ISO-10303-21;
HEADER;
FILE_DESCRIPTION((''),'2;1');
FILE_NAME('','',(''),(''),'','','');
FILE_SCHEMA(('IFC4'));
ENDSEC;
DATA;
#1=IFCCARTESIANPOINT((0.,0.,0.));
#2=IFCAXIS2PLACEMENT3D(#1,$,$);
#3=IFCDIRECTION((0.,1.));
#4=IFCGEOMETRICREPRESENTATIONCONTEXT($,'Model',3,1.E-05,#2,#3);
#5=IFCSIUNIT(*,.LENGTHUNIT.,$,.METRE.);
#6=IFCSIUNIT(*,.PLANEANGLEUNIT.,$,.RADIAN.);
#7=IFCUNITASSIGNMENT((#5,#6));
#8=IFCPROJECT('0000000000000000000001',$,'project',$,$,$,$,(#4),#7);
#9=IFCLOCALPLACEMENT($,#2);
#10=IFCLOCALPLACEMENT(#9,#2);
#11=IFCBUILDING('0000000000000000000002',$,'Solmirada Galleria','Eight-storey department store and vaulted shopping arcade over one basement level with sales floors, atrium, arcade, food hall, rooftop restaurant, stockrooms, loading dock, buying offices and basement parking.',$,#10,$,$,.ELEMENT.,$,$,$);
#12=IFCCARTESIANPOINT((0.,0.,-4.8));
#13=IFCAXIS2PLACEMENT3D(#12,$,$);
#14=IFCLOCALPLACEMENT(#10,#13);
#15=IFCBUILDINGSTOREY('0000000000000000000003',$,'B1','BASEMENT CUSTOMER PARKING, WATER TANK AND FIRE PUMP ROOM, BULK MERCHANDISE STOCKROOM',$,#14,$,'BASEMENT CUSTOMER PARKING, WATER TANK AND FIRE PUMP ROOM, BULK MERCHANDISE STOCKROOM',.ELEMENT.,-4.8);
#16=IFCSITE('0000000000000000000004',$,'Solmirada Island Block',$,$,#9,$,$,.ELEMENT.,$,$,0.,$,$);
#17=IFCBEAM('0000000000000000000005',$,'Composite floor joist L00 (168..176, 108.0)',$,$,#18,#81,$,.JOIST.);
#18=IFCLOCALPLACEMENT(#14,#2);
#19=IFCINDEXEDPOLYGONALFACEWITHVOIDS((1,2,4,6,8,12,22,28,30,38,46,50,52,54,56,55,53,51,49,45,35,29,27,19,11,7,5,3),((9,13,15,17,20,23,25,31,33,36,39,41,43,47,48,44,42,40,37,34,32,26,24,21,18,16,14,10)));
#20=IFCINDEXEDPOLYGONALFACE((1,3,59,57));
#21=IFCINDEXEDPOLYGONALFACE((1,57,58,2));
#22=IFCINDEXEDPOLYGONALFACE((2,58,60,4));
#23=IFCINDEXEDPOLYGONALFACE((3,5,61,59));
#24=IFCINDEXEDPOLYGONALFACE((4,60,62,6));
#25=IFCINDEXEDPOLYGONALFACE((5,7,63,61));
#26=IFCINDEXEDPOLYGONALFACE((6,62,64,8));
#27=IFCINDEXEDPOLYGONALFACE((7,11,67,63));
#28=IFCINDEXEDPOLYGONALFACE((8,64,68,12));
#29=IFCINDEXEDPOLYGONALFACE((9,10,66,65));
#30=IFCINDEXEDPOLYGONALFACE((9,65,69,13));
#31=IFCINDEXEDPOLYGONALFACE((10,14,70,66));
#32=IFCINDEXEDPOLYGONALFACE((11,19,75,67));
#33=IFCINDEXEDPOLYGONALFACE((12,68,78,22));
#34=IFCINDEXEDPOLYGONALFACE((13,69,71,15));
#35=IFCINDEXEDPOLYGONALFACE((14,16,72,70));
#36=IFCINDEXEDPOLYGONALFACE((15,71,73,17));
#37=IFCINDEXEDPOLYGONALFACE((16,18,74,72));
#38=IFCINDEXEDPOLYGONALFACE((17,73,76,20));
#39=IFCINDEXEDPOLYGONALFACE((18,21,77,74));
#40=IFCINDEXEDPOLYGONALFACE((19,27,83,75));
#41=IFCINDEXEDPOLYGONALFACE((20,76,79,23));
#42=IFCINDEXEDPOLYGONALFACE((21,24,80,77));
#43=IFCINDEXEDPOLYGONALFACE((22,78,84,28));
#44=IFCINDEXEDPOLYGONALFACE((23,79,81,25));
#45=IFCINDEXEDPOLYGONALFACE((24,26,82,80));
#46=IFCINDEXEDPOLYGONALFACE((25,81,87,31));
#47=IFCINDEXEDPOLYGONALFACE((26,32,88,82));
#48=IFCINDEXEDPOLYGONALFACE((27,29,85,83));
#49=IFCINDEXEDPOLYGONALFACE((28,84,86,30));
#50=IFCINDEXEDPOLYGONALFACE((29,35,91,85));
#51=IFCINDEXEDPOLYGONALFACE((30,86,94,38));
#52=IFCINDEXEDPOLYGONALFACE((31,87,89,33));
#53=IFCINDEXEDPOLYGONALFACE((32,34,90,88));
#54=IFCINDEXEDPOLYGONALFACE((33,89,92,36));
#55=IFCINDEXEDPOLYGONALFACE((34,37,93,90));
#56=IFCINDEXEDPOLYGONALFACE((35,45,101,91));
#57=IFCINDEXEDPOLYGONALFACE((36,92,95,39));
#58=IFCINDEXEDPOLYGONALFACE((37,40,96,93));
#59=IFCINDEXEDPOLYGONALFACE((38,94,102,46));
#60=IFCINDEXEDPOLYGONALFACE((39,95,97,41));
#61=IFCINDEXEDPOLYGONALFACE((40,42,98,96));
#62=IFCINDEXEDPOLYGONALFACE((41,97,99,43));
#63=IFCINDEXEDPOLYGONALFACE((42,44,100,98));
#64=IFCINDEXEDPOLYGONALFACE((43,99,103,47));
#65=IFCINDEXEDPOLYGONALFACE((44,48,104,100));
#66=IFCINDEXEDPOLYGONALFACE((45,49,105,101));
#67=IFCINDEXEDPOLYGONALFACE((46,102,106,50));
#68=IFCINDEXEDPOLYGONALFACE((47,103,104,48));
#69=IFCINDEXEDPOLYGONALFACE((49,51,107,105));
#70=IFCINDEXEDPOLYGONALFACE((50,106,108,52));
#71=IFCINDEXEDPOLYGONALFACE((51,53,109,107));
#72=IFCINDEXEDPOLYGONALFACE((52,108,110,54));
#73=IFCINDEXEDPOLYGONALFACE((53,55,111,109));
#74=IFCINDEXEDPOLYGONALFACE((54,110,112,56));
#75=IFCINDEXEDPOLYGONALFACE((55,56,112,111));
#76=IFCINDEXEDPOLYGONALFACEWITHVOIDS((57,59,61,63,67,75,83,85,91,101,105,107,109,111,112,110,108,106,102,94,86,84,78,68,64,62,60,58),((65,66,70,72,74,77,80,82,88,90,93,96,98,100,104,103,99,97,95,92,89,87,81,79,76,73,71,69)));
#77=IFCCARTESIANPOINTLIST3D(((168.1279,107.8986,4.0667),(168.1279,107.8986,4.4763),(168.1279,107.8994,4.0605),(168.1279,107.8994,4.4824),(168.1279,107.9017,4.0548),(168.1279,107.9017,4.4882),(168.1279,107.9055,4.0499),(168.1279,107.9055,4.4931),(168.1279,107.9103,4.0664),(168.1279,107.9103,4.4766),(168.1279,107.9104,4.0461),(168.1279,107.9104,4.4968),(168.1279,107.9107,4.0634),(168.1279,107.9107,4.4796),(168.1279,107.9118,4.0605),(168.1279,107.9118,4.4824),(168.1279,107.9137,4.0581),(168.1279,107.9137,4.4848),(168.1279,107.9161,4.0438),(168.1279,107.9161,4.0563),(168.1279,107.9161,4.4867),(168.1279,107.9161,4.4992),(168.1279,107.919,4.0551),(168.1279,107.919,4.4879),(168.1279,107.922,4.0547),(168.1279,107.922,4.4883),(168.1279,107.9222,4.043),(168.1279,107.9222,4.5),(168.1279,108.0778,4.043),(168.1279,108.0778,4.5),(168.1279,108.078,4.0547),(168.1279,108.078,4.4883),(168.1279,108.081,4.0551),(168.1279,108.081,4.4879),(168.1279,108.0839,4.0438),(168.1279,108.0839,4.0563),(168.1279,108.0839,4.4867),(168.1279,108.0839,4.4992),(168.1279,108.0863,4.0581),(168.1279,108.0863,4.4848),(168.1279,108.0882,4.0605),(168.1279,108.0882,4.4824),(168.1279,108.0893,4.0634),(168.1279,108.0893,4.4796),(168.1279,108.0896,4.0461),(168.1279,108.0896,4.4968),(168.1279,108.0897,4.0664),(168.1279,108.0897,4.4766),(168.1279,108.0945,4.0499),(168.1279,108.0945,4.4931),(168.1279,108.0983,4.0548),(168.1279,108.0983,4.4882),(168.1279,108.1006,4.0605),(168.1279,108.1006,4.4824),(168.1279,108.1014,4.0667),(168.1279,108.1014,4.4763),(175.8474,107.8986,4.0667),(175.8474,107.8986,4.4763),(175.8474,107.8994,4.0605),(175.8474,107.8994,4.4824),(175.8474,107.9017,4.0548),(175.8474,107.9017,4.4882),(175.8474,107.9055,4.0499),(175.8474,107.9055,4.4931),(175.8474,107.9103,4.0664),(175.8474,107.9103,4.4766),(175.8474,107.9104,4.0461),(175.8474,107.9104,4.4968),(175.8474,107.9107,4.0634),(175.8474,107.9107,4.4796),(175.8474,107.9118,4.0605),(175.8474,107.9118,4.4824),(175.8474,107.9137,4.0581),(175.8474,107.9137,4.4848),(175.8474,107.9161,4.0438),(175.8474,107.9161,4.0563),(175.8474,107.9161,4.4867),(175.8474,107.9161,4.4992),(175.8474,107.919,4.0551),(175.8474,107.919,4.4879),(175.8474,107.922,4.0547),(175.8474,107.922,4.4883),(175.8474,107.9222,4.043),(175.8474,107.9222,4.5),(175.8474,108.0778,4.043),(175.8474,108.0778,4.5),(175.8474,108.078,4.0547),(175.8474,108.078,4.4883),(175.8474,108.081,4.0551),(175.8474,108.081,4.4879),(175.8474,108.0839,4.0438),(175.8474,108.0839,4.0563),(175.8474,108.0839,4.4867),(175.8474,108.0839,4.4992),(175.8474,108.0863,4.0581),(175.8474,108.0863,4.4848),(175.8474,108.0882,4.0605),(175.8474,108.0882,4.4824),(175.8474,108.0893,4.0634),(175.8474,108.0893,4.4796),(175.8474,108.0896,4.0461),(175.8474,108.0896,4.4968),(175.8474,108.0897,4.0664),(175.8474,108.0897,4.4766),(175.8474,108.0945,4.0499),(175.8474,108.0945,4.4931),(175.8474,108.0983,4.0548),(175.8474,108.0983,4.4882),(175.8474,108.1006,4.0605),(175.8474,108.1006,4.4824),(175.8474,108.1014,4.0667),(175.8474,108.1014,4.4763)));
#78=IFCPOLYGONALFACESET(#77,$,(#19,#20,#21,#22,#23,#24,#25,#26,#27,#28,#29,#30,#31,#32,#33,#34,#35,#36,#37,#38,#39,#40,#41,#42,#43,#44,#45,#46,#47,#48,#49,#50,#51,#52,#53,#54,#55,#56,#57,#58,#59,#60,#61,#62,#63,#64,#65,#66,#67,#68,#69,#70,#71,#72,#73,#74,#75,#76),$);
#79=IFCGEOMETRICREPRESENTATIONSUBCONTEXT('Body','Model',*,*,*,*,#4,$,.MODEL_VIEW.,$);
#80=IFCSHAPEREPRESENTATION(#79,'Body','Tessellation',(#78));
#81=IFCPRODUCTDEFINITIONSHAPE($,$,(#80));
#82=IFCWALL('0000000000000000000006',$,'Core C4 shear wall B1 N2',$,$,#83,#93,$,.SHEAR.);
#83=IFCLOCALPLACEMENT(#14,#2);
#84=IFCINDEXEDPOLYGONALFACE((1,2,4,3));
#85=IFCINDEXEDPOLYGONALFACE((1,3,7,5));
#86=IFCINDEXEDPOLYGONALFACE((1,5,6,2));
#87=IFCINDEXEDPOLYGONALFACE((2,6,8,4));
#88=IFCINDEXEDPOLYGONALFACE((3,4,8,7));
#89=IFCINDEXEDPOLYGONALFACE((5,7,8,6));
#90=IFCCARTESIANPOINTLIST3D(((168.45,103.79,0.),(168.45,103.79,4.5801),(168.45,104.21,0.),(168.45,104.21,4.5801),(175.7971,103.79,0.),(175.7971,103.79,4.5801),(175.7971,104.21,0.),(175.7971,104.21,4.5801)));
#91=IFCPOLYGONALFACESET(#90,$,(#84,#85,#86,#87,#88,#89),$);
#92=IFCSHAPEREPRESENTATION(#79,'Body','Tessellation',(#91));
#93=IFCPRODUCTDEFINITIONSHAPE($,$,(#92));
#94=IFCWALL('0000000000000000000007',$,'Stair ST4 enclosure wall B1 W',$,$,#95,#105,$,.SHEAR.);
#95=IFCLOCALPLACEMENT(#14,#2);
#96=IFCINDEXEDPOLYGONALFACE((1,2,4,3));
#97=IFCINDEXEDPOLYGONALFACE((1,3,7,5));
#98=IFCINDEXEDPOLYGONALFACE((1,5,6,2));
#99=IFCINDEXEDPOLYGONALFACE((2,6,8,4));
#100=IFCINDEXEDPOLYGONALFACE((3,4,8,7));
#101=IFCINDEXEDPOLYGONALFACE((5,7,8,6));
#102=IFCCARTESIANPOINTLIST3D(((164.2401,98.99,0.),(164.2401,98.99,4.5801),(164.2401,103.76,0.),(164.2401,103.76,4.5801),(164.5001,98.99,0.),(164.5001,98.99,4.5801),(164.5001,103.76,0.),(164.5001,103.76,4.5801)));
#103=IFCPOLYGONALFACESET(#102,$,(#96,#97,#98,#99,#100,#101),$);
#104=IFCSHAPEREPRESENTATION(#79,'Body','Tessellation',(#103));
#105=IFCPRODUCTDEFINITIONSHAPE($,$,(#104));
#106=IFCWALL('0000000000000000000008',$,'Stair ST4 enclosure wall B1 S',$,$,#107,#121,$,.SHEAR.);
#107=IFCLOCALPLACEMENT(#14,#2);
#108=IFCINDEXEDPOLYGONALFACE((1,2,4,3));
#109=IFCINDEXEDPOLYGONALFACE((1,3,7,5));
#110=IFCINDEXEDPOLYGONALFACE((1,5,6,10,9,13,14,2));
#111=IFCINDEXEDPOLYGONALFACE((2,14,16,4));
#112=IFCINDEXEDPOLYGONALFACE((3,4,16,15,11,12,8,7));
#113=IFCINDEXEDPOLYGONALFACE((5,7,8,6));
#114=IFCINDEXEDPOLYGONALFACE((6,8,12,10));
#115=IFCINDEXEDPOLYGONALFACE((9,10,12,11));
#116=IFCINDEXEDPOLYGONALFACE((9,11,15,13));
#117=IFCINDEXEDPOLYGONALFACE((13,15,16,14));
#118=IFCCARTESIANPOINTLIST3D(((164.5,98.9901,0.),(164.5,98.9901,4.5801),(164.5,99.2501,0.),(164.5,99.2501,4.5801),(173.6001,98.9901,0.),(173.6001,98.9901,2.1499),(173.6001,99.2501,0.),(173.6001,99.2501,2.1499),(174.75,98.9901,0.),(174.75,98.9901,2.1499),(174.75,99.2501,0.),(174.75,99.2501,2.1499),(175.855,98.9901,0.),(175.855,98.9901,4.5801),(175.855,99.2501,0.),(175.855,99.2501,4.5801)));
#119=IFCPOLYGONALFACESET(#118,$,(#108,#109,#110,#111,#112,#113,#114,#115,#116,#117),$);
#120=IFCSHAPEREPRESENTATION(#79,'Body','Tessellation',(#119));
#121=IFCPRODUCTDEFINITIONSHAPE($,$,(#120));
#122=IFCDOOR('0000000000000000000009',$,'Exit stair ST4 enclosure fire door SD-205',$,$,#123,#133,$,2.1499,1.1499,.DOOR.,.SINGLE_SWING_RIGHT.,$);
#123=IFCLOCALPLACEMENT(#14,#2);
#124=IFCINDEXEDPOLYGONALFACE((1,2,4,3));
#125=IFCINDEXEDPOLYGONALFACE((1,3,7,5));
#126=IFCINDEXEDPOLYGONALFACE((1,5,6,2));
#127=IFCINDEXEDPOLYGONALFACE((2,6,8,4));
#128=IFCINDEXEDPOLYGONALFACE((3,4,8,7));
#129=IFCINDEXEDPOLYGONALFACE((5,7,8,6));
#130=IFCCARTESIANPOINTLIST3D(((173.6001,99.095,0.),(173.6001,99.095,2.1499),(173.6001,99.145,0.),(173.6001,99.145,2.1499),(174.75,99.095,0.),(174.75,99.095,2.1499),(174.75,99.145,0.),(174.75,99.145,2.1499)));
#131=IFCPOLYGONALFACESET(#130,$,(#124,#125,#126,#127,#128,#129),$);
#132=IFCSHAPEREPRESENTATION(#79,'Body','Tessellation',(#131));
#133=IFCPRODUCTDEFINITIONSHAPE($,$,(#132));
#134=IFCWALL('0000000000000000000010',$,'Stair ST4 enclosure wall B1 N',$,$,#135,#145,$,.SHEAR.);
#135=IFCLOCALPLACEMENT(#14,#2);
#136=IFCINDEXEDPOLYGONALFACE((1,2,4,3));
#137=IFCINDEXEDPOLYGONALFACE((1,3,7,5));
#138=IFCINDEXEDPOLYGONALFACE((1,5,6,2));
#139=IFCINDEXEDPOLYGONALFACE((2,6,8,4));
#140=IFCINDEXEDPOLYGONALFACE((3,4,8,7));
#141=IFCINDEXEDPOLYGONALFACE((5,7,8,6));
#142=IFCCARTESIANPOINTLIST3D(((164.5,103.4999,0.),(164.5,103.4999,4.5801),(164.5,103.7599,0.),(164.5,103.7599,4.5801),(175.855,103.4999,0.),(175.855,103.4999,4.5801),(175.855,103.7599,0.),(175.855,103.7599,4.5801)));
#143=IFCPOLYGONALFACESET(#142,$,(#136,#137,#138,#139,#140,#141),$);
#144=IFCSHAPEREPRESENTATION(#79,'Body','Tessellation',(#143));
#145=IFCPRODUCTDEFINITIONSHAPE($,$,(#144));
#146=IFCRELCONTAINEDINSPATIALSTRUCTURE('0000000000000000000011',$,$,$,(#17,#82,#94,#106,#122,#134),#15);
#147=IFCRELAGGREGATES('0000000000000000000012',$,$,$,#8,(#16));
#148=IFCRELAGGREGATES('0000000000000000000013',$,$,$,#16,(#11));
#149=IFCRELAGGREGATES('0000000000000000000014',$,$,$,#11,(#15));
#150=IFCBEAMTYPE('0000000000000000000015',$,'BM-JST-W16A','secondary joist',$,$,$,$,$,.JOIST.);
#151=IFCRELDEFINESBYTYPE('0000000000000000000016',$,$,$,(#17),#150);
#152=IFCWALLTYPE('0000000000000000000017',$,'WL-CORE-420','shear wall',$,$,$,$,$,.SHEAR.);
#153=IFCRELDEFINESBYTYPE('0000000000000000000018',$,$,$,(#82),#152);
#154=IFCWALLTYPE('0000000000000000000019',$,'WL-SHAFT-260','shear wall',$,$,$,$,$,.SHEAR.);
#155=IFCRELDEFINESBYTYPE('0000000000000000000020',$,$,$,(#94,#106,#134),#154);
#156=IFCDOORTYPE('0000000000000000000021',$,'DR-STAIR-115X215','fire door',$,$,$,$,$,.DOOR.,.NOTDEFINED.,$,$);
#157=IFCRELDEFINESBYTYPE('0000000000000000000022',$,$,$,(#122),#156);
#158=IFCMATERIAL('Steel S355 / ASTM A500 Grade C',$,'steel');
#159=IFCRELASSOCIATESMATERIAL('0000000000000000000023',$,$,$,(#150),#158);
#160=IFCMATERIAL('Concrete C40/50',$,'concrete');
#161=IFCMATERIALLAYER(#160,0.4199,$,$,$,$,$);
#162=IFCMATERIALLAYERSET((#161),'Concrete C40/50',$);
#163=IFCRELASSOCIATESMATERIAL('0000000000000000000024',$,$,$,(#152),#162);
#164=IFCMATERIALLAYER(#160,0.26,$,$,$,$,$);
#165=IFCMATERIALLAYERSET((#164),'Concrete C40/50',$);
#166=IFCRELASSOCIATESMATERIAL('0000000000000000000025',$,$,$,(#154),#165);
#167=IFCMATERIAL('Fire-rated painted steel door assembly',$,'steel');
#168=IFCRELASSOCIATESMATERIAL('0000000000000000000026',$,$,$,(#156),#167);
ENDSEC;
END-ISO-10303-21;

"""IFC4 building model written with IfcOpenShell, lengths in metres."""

from ifc_helpers import new_model, si_unit, direction, frame, frame_2d, origin, origin_2d, place, context, subcontext, project, spatial, rectangle, hollow_rectangle, extrude, material, layer, layer_set, material_profile, profile_set, type_object, element, fill, save


model = new_model("IFC4")

# Units and contexts
model_context = context("Model", 3, precision=1e-05, world=origin(), true_north=direction((0.0, 1.0)))
body_context = subcontext(model_context, "Body", "Model", "MODEL_VIEW")
ifc_project = project(units=[si_unit("LENGTHUNIT", "METRE"), si_unit("PLANEANGLEUNIT", "RADIAN")], contexts=[model_context])

# Site, building, storey
site_placement = place(None, origin())
site = spatial("IfcSite", under=ifc_project, at=site_placement, Name="Solmirada Island Block", CompositionType="ELEMENT", RefElevation=0.0)
building_placement = place(site_placement, origin())
building = spatial("IfcBuilding", under=site, at=building_placement, Name="Solmirada Galleria", Description="Eight-storey department store and vaulted shopping arcade over one basement level with sales floors, atrium, arcade, food hall, rooftop restaurant, stockrooms, loading dock, buying offices and basement parking.", CompositionType="ELEMENT")
storey_placement = place(building_placement, frame((0.0, 0.0, -4.8)))
storey = spatial("IfcBuildingStorey", under=building, at=storey_placement, Name="B1", Description="BASEMENT CUSTOMER PARKING, WATER TANK AND FIRE PUMP ROOM, BULK MERCHANDISE STOCKROOM", LongName="BASEMENT CUSTOMER PARKING, WATER TANK AND FIRE PUMP ROOM, BULK MERCHANDISE STOCKROOM", CompositionType="ELEMENT", Elevation=-4.8)

# Shared definitions
ifc_material_1 = material(Name="Concrete C40/50", Category="concrete")

# Beam
ifc_material_2 = material(Name="Steel S355 / ASTM A500 Grade C", Category="steel")
ifc_material_profile_1 = material_profile(ifc_material_2, hollow_rectangle(XDim=0.2029, YDim=0.457, WallThickness=0.0117, InnerFilletRadius=0.0117, OuterFilletRadius=0.0237, at=origin_2d()), Name="HSS18X8X1/2")
ifc_profile_set_1 = profile_set([ifc_material_profile_1], Name="Steel S355 / ASTM A500 Grade C")
beam_type_1 = type_object("IfcBeamType", Name="BM-JST-W16A", Description="secondary joist", PredefinedType="JOIST", material=ifc_profile_set_1)
beam_1_placement = place(storey_placement, frame((168.1279, 108.0, 4.2715), z_axis=(1.0, 0.0, 0.0), x_axis=(0.0, 1.0, 0.0)))
element("IfcBeam", 1, at=beam_1_placement, inside=storey, type_object=beam_type_1, Name="Composite floor joist L00 (168..176, 108.0)", PredefinedType="JOIST", context=body_context, shape_type="SweptSolid", body=[
    extrude(hollow_rectangle(XDim=0.2029, YDim=0.457, WallThickness=0.0117, InnerFilletRadius=0.0117, OuterFilletRadius=0.0237, at=origin_2d()), origin(), (0.0, 0.0, 1.0), 7.7195),
])

# Walls
ifc_layer_1 = layer(ifc_material_1, 0.4199)
ifc_layer_set_1 = layer_set([ifc_layer_1], Name="Concrete C40/50")
wall_type_1 = type_object("IfcWallType", Name="WL-CORE-420", Description="shear wall", PredefinedType="SHEAR", material=ifc_layer_set_1)
wall_1_placement = place(storey_placement, frame((168.45, 104.0, 0.0), z_axis=(0.0, 0.0, 1.0), x_axis=(1.0, 0.0, 0.0)))
element("IfcWall", 2, at=wall_1_placement, inside=storey, type_object=wall_type_1, Name="Core C4 shear wall B1 N2", PredefinedType="SHEAR", context=body_context, shape_type="SweptSolid", body=[
    extrude(rectangle(XDim=7.3472, YDim=0.4199, at=frame_2d((3.6736, 0.0))), origin(), (0.0, 0.0, 1.0), 4.5801),
])
ifc_layer_2 = layer(ifc_material_1, 0.26)
ifc_layer_set_2 = layer_set([ifc_layer_2], Name="Concrete C40/50")
wall_type_2 = type_object("IfcWallType", Name="WL-SHAFT-260", Description="shear wall", PredefinedType="SHEAR", material=ifc_layer_set_2)
wall_2_placement = place(storey_placement, frame((164.3701, 98.99, 0.0), z_axis=(0.0, 0.0, 1.0), x_axis=(0.0, 1.0, 0.0)))
element("IfcWall", 3, at=wall_2_placement, inside=storey, type_object=wall_type_2, Name="Stair ST4 enclosure wall B1 W", PredefinedType="SHEAR", context=body_context, shape_type="SweptSolid", body=[
    extrude(rectangle(XDim=4.77, YDim=0.26, at=frame_2d((2.385, 0.0))), origin(), (0.0, 0.0, 1.0), 4.5801),
])

# Wall, opening, door
wall_3_placement = place(storey_placement, frame((164.5, 99.1201, 0.0), z_axis=(0.0, 0.0, 1.0), x_axis=(1.0, 0.0, 0.0)))
wall_3 = element("IfcWall", 4, at=wall_3_placement, inside=storey, type_object=wall_type_2, Name="Stair ST4 enclosure wall B1 S", PredefinedType="SHEAR", context=body_context, shape_type="SweptSolid", body=[
    extrude(rectangle(XDim=11.355, YDim=0.26, at=frame_2d((5.6775, 0.0))), origin(), (0.0, 0.0, 1.0), 4.5801),
])
opening_placement = place(wall_3_placement, frame((9.1001, 0.0, 0.0)))
opening = element("IfcOpeningElement", 5, at=opening_placement, cuts=wall_3, PredefinedType="OPENING", context=body_context, shape_type="SweptSolid", body=[
    extrude(rectangle(XDim=1.1499, YDim=2.1499, at=frame_2d((0.575, 1.075))), frame((0.0, 0.1399, 0.0), z_axis=(0.0, -1.0, 0.0), x_axis=(1.0, 0.0, 0.0)), (0.0, 0.0, 1.0), 0.28),
])
ifc_material_3 = material(Name="Fire-rated painted steel door assembly", Category="steel")
door_type = type_object("IfcDoorType", Name="DR-STAIR-115X215", Description="fire door", OperationType="NOTDEFINED", PredefinedType="DOOR", material=ifc_material_3)
door_placement = place(opening_placement, origin())
door = element("IfcDoor", 6, at=door_placement, inside=storey, type_object=door_type, Name="Exit stair ST4 enclosure fire door SD-205", OperationType="SINGLE_SWING_RIGHT", OverallHeight=2.1499, OverallWidth=1.1499, PredefinedType="DOOR", context=body_context, shape_type="SweptSolid", body=[
    extrude(rectangle(XDim=1.1499, YDim=2.1499, at=frame_2d((0.575, 1.075))), frame((0.0, 0.0249, 0.0), z_axis=(0.0, -1.0, 0.0), x_axis=(1.0, 0.0, 0.0)), (0.0, 0.0, 1.0), 0.05),
])
fill(opening, door)

# Wall
wall_4_placement = place(storey_placement, frame((164.5, 103.6299, 0.0), z_axis=(0.0, 0.0, 1.0), x_axis=(1.0, 0.0, 0.0)))
element("IfcWall", 7, at=wall_4_placement, inside=storey, type_object=wall_type_2, Name="Stair ST4 enclosure wall B1 N", PredefinedType="SHEAR", context=body_context, shape_type="SweptSolid", body=[
    extrude(rectangle(XDim=11.355, YDim=0.26, at=frame_2d((5.6775, 0.0))), origin(), (0.0, 0.0, 1.0), 4.5801),
])

save(model, "model.ifc")
